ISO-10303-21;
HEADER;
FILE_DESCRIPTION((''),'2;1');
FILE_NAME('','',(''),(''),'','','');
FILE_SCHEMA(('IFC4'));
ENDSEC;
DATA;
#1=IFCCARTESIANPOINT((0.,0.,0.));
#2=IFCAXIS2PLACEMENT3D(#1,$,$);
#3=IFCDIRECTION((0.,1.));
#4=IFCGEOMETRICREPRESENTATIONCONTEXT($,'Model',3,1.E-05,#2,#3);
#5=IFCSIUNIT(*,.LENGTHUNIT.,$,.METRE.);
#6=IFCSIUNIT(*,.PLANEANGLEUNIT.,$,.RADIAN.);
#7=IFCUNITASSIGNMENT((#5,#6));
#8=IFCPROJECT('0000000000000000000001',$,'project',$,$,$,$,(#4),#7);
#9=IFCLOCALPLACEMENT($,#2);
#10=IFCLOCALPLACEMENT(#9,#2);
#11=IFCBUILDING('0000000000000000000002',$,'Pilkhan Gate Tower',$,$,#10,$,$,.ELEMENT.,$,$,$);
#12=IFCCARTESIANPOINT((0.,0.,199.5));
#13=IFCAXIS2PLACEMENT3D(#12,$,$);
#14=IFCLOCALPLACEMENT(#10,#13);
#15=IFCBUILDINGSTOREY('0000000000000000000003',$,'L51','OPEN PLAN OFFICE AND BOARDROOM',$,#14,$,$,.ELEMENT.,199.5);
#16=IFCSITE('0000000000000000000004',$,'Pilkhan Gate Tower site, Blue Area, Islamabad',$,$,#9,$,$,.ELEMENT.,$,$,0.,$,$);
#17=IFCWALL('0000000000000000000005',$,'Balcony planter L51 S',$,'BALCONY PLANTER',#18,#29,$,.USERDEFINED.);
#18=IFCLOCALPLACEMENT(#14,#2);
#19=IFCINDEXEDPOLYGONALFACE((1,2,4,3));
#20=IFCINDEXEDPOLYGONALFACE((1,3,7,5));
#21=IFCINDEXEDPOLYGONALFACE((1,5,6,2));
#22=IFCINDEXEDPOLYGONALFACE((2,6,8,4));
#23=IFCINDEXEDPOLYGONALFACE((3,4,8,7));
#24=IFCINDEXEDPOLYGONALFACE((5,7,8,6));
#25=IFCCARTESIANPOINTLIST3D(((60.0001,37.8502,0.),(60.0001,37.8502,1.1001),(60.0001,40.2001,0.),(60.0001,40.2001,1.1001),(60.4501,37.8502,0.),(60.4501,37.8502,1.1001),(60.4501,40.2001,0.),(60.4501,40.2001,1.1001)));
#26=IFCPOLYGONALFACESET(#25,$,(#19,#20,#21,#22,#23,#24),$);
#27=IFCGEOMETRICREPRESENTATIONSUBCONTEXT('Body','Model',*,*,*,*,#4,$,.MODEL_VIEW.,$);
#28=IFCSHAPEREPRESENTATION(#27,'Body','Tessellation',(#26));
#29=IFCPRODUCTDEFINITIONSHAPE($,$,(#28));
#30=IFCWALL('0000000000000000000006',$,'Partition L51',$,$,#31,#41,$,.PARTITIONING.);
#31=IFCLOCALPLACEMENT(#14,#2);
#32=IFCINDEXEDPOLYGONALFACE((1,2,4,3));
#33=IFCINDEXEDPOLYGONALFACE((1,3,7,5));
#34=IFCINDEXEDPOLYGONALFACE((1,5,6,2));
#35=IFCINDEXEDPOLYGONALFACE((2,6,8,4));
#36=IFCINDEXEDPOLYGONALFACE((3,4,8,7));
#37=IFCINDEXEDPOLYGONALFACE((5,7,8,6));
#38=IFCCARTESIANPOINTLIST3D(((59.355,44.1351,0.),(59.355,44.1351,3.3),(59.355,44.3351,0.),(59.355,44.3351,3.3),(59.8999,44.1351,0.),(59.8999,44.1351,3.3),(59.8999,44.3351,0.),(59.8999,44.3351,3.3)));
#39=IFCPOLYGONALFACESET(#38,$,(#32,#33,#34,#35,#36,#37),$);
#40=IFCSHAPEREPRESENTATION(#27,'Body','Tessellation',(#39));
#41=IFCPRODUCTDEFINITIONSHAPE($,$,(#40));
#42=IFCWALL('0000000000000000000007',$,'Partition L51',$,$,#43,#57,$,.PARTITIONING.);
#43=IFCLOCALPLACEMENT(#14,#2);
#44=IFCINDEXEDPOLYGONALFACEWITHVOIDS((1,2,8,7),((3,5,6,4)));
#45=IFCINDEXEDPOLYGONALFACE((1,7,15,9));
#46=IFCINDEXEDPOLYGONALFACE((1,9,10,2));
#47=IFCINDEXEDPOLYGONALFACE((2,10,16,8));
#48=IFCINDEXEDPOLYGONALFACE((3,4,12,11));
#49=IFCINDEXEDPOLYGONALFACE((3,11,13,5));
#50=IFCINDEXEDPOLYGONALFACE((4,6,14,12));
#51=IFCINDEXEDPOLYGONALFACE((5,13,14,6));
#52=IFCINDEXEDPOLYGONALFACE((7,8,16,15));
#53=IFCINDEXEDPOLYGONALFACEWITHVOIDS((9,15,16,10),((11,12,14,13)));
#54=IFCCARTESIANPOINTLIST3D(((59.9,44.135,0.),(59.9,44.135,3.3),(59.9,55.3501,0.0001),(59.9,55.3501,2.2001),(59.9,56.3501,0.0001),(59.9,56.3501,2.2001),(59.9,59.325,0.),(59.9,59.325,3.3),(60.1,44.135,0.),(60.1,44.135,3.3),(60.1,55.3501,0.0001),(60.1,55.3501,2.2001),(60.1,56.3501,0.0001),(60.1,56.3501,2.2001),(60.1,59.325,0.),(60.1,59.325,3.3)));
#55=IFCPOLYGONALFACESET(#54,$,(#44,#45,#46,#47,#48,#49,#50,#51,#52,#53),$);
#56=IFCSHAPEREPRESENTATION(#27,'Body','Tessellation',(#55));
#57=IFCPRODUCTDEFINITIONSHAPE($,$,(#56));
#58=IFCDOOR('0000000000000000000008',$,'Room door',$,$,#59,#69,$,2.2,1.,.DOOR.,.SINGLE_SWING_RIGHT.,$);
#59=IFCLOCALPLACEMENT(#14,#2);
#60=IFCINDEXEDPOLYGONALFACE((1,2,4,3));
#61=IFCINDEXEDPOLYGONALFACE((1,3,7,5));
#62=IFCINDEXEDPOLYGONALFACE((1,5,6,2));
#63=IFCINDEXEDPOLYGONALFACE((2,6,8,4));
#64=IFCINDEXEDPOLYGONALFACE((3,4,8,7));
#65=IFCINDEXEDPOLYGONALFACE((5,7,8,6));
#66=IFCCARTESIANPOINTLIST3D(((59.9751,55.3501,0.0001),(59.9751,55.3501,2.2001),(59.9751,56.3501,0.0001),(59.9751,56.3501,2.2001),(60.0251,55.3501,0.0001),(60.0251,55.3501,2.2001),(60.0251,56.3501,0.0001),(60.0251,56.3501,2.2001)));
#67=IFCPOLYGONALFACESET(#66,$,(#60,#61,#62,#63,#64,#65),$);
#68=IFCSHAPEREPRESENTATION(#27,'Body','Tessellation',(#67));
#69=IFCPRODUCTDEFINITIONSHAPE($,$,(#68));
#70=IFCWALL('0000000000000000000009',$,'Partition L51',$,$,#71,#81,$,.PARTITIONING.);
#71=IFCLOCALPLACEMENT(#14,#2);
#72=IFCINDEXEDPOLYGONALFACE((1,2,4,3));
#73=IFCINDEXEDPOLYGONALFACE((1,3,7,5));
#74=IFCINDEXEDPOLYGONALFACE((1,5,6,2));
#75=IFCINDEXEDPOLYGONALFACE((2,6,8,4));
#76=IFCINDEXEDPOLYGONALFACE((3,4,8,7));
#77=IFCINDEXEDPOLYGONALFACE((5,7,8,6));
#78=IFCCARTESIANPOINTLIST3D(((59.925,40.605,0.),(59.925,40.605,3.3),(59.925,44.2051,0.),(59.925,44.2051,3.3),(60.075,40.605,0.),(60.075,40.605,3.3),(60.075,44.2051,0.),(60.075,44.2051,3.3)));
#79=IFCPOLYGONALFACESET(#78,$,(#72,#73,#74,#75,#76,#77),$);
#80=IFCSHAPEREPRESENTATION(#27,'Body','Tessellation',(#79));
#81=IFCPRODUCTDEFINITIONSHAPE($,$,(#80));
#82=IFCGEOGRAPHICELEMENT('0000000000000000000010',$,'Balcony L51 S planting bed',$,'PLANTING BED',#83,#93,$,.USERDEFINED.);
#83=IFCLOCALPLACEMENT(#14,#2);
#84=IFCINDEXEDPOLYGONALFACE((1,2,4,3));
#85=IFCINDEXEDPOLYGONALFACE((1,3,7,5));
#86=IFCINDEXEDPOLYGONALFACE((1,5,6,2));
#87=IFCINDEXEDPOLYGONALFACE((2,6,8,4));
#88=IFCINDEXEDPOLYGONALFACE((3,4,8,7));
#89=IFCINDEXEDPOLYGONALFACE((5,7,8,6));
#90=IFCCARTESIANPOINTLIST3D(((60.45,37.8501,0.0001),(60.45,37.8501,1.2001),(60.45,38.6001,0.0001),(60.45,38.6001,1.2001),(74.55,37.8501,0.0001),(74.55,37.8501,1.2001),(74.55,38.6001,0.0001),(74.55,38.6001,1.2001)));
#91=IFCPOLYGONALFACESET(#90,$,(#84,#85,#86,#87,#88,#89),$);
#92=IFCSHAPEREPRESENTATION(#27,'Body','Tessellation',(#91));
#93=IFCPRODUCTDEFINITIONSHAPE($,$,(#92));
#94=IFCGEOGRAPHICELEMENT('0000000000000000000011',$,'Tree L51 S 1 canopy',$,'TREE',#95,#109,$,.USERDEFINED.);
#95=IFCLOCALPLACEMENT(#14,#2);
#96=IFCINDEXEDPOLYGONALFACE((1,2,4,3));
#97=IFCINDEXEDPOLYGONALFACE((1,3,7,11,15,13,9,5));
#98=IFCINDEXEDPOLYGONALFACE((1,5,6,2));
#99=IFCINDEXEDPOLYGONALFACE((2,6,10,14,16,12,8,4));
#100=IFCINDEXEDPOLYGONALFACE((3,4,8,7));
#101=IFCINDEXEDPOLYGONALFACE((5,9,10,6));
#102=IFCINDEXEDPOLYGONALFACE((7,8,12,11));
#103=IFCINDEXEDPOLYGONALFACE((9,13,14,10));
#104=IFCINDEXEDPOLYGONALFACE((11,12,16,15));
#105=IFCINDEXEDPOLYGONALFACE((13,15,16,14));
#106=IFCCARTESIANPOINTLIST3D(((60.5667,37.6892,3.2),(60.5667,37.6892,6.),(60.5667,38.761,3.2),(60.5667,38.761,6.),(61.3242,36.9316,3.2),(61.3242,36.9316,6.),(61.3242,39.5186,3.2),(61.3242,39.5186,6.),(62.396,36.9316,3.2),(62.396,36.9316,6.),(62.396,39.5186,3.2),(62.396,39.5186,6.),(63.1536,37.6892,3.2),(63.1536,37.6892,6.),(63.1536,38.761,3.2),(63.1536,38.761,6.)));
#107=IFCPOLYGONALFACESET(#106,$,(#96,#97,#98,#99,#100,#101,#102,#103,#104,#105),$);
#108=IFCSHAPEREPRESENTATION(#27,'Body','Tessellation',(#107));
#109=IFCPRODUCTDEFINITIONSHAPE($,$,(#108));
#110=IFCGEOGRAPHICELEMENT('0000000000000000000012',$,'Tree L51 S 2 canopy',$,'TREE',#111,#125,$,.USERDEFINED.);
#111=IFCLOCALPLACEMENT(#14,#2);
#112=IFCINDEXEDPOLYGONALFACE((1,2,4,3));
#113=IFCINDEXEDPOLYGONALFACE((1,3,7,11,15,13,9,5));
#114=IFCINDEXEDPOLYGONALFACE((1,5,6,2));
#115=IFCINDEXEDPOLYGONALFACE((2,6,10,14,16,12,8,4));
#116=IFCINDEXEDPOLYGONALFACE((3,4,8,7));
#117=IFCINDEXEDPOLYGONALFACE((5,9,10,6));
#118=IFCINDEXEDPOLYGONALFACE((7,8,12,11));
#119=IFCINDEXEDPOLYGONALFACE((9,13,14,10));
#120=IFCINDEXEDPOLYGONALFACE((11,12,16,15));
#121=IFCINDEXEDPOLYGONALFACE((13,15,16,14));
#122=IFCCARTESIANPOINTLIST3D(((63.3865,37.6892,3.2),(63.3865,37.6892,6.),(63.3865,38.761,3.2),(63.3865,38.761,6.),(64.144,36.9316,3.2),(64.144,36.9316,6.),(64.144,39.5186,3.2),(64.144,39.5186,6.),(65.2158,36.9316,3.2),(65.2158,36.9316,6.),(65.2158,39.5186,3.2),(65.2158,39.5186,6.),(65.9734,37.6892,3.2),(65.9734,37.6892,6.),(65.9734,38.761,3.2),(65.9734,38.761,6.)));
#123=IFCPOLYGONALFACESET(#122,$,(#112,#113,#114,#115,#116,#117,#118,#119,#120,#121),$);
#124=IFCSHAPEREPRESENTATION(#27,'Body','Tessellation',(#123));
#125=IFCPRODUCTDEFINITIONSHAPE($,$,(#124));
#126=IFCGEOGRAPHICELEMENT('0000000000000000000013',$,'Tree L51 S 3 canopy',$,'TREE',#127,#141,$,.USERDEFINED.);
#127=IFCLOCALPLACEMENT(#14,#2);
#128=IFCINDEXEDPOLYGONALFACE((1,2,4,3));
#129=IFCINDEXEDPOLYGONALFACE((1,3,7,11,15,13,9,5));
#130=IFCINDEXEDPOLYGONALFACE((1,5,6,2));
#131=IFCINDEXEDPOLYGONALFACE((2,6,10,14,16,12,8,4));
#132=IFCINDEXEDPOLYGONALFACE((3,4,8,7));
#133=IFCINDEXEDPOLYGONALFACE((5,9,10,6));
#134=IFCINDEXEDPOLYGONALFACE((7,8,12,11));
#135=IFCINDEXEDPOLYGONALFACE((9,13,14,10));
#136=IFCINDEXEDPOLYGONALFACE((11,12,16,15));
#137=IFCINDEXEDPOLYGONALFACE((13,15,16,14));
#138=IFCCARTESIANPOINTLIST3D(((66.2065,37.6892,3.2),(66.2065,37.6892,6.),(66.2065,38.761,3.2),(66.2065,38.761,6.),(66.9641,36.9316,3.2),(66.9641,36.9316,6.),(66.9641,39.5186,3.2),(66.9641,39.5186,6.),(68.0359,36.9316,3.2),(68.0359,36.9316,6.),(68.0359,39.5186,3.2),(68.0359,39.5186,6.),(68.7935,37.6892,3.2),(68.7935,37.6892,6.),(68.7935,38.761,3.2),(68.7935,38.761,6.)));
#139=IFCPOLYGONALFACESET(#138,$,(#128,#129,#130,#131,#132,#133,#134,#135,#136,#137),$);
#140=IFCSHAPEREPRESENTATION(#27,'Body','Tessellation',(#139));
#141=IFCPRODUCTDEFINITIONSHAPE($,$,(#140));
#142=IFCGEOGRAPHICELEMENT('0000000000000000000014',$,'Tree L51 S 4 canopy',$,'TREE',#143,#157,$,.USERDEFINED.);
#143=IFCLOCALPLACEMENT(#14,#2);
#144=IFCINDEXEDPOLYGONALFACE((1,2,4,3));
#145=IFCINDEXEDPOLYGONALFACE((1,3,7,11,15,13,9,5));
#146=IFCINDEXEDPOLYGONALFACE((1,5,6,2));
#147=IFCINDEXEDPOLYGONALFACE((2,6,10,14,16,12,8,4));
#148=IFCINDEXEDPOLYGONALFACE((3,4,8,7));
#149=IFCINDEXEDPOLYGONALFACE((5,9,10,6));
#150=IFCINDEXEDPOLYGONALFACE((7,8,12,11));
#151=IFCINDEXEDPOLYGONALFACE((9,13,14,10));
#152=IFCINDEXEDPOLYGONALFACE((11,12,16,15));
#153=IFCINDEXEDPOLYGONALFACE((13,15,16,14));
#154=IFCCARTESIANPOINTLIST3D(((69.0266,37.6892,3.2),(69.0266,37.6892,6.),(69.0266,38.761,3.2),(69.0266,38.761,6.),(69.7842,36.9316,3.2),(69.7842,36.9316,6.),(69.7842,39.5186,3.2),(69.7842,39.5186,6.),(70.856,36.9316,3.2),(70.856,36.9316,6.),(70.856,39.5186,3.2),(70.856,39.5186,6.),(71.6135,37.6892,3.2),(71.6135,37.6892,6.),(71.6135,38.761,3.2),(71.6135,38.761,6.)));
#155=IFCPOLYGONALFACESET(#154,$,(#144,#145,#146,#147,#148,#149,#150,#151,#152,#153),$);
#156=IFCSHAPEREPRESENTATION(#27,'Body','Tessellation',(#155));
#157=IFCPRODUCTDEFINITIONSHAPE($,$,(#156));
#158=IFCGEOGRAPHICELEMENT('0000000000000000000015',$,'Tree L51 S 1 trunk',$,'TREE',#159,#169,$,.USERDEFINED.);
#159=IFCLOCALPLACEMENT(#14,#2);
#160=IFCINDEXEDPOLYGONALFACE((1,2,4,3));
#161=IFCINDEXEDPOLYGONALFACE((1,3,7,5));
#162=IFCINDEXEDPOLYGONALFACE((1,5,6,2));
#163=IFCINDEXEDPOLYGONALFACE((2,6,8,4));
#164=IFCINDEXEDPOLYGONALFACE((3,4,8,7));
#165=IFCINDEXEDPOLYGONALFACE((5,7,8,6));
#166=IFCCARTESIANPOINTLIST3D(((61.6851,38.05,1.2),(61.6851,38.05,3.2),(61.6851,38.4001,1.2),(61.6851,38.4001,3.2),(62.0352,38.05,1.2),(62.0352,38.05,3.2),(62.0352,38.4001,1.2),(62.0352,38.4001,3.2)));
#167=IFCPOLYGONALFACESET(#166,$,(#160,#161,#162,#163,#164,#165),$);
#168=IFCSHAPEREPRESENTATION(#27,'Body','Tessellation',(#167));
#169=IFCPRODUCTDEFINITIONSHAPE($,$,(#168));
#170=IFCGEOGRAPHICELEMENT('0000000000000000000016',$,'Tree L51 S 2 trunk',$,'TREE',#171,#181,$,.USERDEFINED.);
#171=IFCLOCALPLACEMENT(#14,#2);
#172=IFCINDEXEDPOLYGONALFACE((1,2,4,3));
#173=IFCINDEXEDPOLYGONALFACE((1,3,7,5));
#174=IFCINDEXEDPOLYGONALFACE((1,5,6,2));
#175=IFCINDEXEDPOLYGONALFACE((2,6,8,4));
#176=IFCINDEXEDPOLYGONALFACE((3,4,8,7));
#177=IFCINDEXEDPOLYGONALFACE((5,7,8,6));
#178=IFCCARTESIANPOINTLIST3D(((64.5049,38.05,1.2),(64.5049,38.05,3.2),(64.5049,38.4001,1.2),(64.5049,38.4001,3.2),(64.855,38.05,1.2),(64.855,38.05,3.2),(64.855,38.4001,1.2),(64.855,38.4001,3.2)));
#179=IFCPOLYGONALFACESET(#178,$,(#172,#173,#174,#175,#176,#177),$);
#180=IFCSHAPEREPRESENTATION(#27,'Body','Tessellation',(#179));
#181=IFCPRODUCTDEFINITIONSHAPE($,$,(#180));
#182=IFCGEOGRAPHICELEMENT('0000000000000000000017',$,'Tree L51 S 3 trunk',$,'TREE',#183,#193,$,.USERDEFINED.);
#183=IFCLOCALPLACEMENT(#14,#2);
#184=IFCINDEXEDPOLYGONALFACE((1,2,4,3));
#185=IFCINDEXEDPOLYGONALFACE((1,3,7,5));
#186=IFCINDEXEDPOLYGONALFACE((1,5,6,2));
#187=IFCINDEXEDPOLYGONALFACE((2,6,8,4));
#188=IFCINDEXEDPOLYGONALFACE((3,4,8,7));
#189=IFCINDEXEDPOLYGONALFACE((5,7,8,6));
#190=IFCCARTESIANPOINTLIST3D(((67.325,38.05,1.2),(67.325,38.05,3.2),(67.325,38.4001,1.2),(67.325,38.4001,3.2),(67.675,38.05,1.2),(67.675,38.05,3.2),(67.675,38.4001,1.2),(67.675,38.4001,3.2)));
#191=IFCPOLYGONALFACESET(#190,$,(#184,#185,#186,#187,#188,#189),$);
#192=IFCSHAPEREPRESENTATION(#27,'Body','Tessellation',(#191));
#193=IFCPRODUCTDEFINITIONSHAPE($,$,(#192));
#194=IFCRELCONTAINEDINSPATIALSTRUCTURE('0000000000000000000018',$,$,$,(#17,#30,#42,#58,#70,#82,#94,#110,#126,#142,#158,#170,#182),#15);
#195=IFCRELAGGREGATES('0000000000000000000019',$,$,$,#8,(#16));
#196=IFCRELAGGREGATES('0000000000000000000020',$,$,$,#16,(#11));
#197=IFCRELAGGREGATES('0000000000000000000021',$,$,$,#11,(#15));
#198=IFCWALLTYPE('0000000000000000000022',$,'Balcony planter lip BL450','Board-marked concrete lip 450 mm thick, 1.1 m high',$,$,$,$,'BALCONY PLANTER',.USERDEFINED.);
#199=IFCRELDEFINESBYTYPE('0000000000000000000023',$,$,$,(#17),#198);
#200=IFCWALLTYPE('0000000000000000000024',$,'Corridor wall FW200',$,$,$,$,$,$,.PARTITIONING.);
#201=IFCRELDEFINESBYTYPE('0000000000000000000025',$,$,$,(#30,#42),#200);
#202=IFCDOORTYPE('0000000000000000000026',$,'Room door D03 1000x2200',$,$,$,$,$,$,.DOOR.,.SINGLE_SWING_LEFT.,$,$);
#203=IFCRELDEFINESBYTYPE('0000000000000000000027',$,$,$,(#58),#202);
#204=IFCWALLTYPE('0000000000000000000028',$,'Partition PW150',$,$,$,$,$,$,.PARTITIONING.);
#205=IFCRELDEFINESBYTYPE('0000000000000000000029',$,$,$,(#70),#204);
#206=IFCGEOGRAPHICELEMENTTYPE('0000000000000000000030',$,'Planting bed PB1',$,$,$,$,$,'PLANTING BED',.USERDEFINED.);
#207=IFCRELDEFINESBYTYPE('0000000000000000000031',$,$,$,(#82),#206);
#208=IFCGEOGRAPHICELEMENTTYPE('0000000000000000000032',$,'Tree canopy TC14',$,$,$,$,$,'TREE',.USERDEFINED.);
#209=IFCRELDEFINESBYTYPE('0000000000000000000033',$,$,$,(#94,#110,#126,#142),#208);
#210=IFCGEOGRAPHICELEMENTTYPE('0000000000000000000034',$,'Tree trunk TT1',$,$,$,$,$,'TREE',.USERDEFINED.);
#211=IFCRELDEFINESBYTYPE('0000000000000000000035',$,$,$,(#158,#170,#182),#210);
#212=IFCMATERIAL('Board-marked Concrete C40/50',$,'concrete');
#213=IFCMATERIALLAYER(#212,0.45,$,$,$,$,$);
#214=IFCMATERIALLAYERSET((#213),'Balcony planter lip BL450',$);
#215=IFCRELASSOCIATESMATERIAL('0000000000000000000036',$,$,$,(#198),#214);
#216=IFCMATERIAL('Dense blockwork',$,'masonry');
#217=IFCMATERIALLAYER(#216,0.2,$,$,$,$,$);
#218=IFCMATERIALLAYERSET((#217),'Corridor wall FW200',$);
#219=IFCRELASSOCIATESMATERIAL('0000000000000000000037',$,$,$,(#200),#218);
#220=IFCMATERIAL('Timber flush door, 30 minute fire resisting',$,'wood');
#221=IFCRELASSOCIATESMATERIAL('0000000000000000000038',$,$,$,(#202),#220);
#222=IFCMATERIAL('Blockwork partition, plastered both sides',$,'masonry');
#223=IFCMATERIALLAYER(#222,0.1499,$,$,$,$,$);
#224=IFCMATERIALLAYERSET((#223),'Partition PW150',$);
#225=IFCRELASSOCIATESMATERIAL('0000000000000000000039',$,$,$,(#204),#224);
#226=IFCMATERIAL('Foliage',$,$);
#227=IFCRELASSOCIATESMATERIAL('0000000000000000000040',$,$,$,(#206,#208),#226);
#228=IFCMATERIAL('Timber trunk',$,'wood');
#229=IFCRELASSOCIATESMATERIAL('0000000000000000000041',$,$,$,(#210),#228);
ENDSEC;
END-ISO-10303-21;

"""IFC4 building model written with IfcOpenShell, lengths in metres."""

from ifc_helpers import new_model, si_unit, direction, frame, frame_2d, origin, origin_2d, place, context, subcontext, project, spatial, polyline, rectangle, outline, extrude, material, layer, layer_set, material_profile, profile_set, type_object, element, fill, save


model = new_model("IFC4")

# Units and contexts
model_context = context("Model", 3, precision=1e-05, world=origin(), true_north=direction((0.0, 1.0)))
body_context = subcontext(model_context, "Body", "Model", "MODEL_VIEW")
ifc_project = project(units=[si_unit("LENGTHUNIT", "METRE"), si_unit("PLANEANGLEUNIT", "RADIAN")], contexts=[model_context])

# Site, building, storey
site_placement = place(None, origin())
site = spatial("IfcSite", under=ifc_project, at=site_placement, Name="Pilkhan Gate Tower site, Blue Area, Islamabad", CompositionType="ELEMENT", RefElevation=0.0)
building_placement = place(site_placement, origin())
building = spatial("IfcBuilding", under=site, at=building_placement, Name="Pilkhan Gate Tower", CompositionType="ELEMENT")
storey_placement = place(building_placement, frame((0.0, 0.0, 199.5)))
storey = spatial("IfcBuildingStorey", under=building, at=storey_placement, Name="L51", Description="OPEN PLAN OFFICE AND BOARDROOM", CompositionType="ELEMENT", Elevation=199.5)

# Walls
ifc_material_1 = material(Name="Board-marked Concrete C40/50", Category="concrete")
ifc_layer_1 = layer(ifc_material_1, 0.45)
ifc_layer_set_1 = layer_set([ifc_layer_1], Name="Balcony planter lip BL450")
wall_type_1 = type_object("IfcWallType", Name="Balcony planter lip BL450", Description="Board-marked concrete lip 450 mm thick, 1.1 m high", ElementType="BALCONY PLANTER", PredefinedType="USERDEFINED", material=ifc_layer_set_1)
wall_1_placement = place(storey_placement, frame((60.2251, 40.2, 0.0), z_axis=(0.0, 0.0, 1.0), x_axis=(0.0, -1.0, 0.0)))
element("IfcWall", 1, at=wall_1_placement, inside=storey, type_object=wall_type_1, Name="Balcony planter L51 S", ObjectType="BALCONY PLANTER", PredefinedType="USERDEFINED", context=body_context, shape_type="SweptSolid", body=[
    extrude(rectangle(XDim=2.3499, YDim=0.45, at=frame_2d((1.1748, 0.0))), origin(), (0.0, 0.0, 1.0), 1.1001),
])
ifc_material_2 = material(Name="Dense blockwork", Category="masonry")
ifc_layer_2 = layer(ifc_material_2, 0.2)
ifc_layer_set_2 = layer_set([ifc_layer_2], Name="Corridor wall FW200")
wall_type_2 = type_object("IfcWallType", Name="Corridor wall FW200", PredefinedType="PARTITIONING", material=ifc_layer_set_2)
wall_2_placement = place(storey_placement, frame((59.355, 44.2351, 0.0), z_axis=(0.0, 0.0, 1.0), x_axis=(1.0, 0.0, 0.0)))
element("IfcWall", 2, at=wall_2_placement, inside=storey, type_object=wall_type_2, Name="Partition L51", PredefinedType="PARTITIONING", context=body_context, shape_type="SweptSolid", body=[
    extrude(rectangle(XDim=0.5449, YDim=0.2, at=frame_2d((0.2725, 0.0))), origin(), (0.0, 0.0, 1.0), 3.3),
])

# Wall, opening, door
wall_3_placement = place(storey_placement, frame((60.0, 44.135, 0.0), z_axis=(0.0, 0.0, 1.0), x_axis=(0.0, 1.0, 0.0)))
wall_3 = element("IfcWall", 3, at=wall_3_placement, inside=storey, type_object=wall_type_2, Name="Partition L51", PredefinedType="PARTITIONING", context=body_context, shape_type="SweptSolid", body=[
    extrude(rectangle(XDim=15.1899, YDim=0.2, at=frame_2d((7.595, 0.0))), origin(), (0.0, 0.0, 1.0), 3.3),
])
opening_1_placement = place(wall_3_placement, frame((11.2151, 0.0, 0.0)))
opening_1 = element("IfcOpeningElement", 4, at=opening_1_placement, cuts=wall_3, PredefinedType="OPENING", context=body_context, shape_type="SweptSolid", body=[
    extrude(rectangle(XDim=1.0, YDim=2.2, at=frame_2d((0.5, 1.1001))), frame((0.0, 0.1099, 0.0), z_axis=(0.0, -1.0, 0.0), x_axis=(1.0, 0.0, 0.0)), (0.0, 0.0, 1.0), 0.22),
])
ifc_material_3 = material(Name="Timber flush door, 30 minute fire resisting", Category="wood")
door_type_1 = type_object("IfcDoorType", Name="Room door D03 1000x2200", OperationType="SINGLE_SWING_LEFT", PredefinedType="DOOR", material=ifc_material_3)
door_1_placement = place(opening_1_placement, origin())
door_1 = element("IfcDoor", 5, at=door_1_placement, inside=storey, type_object=door_type_1, Name="Room door", OperationType="SINGLE_SWING_RIGHT", OverallHeight=2.2, OverallWidth=1.0, PredefinedType="DOOR", context=body_context, shape_type="SweptSolid", body=[
    extrude(rectangle(XDim=1.0, YDim=2.2, at=frame_2d((0.5, 1.1001))), frame((0.0, 0.0249, 0.0), z_axis=(0.0, -1.0, 0.0), x_axis=(1.0, 0.0, 0.0)), (0.0, 0.0, 1.0), 0.05),
])
fill(opening_1, door_1)

# Wall
ifc_material_4 = material(Name="Blockwork partition, plastered both sides", Category="masonry")
ifc_layer_3 = layer(ifc_material_4, 0.1499)
ifc_layer_set_3 = layer_set([ifc_layer_3], Name="Partition PW150")
wall_type_3 = type_object("IfcWallType", Name="Partition PW150", PredefinedType="PARTITIONING", material=ifc_layer_set_3)
wall_4_placement = place(storey_placement, frame((60.0, 40.605, 0.0), z_axis=(0.0, 0.0, 1.0), x_axis=(0.0, 1.0, 0.0)))
element("IfcWall", 6, at=wall_4_placement, inside=storey, type_object=wall_type_3, Name="Partition L51", PredefinedType="PARTITIONING", context=body_context, shape_type="SweptSolid", body=[
    extrude(rectangle(XDim=3.6001, YDim=0.1499, at=frame_2d((1.8, 0.0))), origin(), (0.0, 0.0, 1.0), 3.3),
])

# Geographic elements
ifc_material_5 = material(Name="Foliage")
ifc_material_profile_1 = material_profile(ifc_material_5, rectangle(XDim=0.75, YDim=1.2, at=origin_2d()), Name="Bed 750x1200")
ifc_profile_set_1 = profile_set([ifc_material_profile_1], Name="Foliage")
geographic_element_type_1 = type_object("IfcGeographicElementType", Name="Planting bed PB1", ElementType="PLANTING BED", PredefinedType="USERDEFINED", material=ifc_profile_set_1)
geographic_element_placement = place(storey_placement, frame((60.45, 38.2251, 0.6001), z_axis=(1.0, 0.0, 0.0), x_axis=(0.0, 1.0, 0.0)))
element("IfcGeographicElement", 7, at=geographic_element_placement, inside=storey, type_object=geographic_element_type_1, Name="Balcony L51 S planting bed", ObjectType="PLANTING BED", PredefinedType="USERDEFINED", context=body_context, shape_type="SweptSolid", body=[
    extrude(rectangle(XDim=0.75, YDim=1.2, at=origin_2d()), origin(), (0.0, 0.0, 1.0), 14.1001),
])
ifc_material_profile_2 = material_profile(ifc_material_5, outline(polyline([(1.2935, 0.5359), (0.5359, 1.2935), (-0.5359, 1.2935), (-1.2935, 0.5359), (-1.2935, -0.5359), (-0.5359, -1.2935), (0.5359, -1.2935), (1.2935, -0.5359), (1.2935, 0.5359)])), Name="Canopy D2.8")
ifc_profile_set_2 = profile_set([ifc_material_profile_2], Name="Foliage")
geographic_element_type_2 = type_object("IfcGeographicElementType", Name="Tree canopy TC14", ElementType="TREE", PredefinedType="USERDEFINED", material=ifc_profile_set_2)
for number, where, z_axis, x_axis, name in (
    (8, (61.8601, 38.2251, 3.2), (0.0, 0.0, 1.0), (1.0, 0.0, 0.0), "Tree L51 S 1 canopy"),
    (9, (64.6799, 38.2251, 3.2), (0.0, 0.0, 1.0), (1.0, 0.0, 0.0), "Tree L51 S 2 canopy"),
    (10, (67.5, 38.2251, 3.2), (0.0, 0.0, 1.0), (1.0, 0.0, 0.0), "Tree L51 S 3 canopy"),
    (11, (70.3201, 38.2251, 3.2), (0.0, 0.0, 1.0), (1.0, 0.0, 0.0), "Tree L51 S 4 canopy"),
):
    element("IfcGeographicElement", number, at=place(storey_placement, frame(where, z_axis=z_axis, x_axis=x_axis)), inside=storey, type_object=geographic_element_type_2, Name=name, ObjectType="TREE", PredefinedType="USERDEFINED", context=body_context, shape_type="SweptSolid", body=[
        extrude(outline(polyline([(1.2935, 0.5359), (0.5359, 1.2935), (-0.5359, 1.2935), (-1.2935, 0.5359), (-1.2935, -0.5359), (-0.5359, -1.2935), (0.5359, -1.2935), (1.2935, -0.5359), (1.2935, 0.5359)])), origin(), (0.0, 0.0, 1.0), 2.8),
    ])
ifc_material_6 = material(Name="Timber trunk", Category="wood")
geographic_element_type_3 = type_object("IfcGeographicElementType", Name="Tree trunk TT1", ElementType="TREE", PredefinedType="USERDEFINED", material=ifc_material_6)
for number, where, z_axis, x_axis, name in (
    (12, (61.8601, 38.2251, 1.2), (0.0, 0.0, 1.0), (1.0, 0.0, 0.0), "Tree L51 S 1 trunk"),
    (13, (64.6799, 38.2251, 1.2), (0.0, 0.0, 1.0), (1.0, 0.0, 0.0), "Tree L51 S 2 trunk"),
    (14, (67.5, 38.2251, 1.2), (0.0, 0.0, 1.0), (1.0, 0.0, 0.0), "Tree L51 S 3 trunk"),
):
    element("IfcGeographicElement", number, at=place(storey_placement, frame(where, z_axis=z_axis, x_axis=x_axis)), inside=storey, type_object=geographic_element_type_3, Name=name, ObjectType="TREE", PredefinedType="USERDEFINED", context=body_context, shape_type="SweptSolid", body=[
        extrude(rectangle(XDim=0.3501, YDim=0.3501, at=origin_2d()), origin(), (0.0, 0.0, 1.0), 2.0),
    ])

save(model, "model.ifc")
